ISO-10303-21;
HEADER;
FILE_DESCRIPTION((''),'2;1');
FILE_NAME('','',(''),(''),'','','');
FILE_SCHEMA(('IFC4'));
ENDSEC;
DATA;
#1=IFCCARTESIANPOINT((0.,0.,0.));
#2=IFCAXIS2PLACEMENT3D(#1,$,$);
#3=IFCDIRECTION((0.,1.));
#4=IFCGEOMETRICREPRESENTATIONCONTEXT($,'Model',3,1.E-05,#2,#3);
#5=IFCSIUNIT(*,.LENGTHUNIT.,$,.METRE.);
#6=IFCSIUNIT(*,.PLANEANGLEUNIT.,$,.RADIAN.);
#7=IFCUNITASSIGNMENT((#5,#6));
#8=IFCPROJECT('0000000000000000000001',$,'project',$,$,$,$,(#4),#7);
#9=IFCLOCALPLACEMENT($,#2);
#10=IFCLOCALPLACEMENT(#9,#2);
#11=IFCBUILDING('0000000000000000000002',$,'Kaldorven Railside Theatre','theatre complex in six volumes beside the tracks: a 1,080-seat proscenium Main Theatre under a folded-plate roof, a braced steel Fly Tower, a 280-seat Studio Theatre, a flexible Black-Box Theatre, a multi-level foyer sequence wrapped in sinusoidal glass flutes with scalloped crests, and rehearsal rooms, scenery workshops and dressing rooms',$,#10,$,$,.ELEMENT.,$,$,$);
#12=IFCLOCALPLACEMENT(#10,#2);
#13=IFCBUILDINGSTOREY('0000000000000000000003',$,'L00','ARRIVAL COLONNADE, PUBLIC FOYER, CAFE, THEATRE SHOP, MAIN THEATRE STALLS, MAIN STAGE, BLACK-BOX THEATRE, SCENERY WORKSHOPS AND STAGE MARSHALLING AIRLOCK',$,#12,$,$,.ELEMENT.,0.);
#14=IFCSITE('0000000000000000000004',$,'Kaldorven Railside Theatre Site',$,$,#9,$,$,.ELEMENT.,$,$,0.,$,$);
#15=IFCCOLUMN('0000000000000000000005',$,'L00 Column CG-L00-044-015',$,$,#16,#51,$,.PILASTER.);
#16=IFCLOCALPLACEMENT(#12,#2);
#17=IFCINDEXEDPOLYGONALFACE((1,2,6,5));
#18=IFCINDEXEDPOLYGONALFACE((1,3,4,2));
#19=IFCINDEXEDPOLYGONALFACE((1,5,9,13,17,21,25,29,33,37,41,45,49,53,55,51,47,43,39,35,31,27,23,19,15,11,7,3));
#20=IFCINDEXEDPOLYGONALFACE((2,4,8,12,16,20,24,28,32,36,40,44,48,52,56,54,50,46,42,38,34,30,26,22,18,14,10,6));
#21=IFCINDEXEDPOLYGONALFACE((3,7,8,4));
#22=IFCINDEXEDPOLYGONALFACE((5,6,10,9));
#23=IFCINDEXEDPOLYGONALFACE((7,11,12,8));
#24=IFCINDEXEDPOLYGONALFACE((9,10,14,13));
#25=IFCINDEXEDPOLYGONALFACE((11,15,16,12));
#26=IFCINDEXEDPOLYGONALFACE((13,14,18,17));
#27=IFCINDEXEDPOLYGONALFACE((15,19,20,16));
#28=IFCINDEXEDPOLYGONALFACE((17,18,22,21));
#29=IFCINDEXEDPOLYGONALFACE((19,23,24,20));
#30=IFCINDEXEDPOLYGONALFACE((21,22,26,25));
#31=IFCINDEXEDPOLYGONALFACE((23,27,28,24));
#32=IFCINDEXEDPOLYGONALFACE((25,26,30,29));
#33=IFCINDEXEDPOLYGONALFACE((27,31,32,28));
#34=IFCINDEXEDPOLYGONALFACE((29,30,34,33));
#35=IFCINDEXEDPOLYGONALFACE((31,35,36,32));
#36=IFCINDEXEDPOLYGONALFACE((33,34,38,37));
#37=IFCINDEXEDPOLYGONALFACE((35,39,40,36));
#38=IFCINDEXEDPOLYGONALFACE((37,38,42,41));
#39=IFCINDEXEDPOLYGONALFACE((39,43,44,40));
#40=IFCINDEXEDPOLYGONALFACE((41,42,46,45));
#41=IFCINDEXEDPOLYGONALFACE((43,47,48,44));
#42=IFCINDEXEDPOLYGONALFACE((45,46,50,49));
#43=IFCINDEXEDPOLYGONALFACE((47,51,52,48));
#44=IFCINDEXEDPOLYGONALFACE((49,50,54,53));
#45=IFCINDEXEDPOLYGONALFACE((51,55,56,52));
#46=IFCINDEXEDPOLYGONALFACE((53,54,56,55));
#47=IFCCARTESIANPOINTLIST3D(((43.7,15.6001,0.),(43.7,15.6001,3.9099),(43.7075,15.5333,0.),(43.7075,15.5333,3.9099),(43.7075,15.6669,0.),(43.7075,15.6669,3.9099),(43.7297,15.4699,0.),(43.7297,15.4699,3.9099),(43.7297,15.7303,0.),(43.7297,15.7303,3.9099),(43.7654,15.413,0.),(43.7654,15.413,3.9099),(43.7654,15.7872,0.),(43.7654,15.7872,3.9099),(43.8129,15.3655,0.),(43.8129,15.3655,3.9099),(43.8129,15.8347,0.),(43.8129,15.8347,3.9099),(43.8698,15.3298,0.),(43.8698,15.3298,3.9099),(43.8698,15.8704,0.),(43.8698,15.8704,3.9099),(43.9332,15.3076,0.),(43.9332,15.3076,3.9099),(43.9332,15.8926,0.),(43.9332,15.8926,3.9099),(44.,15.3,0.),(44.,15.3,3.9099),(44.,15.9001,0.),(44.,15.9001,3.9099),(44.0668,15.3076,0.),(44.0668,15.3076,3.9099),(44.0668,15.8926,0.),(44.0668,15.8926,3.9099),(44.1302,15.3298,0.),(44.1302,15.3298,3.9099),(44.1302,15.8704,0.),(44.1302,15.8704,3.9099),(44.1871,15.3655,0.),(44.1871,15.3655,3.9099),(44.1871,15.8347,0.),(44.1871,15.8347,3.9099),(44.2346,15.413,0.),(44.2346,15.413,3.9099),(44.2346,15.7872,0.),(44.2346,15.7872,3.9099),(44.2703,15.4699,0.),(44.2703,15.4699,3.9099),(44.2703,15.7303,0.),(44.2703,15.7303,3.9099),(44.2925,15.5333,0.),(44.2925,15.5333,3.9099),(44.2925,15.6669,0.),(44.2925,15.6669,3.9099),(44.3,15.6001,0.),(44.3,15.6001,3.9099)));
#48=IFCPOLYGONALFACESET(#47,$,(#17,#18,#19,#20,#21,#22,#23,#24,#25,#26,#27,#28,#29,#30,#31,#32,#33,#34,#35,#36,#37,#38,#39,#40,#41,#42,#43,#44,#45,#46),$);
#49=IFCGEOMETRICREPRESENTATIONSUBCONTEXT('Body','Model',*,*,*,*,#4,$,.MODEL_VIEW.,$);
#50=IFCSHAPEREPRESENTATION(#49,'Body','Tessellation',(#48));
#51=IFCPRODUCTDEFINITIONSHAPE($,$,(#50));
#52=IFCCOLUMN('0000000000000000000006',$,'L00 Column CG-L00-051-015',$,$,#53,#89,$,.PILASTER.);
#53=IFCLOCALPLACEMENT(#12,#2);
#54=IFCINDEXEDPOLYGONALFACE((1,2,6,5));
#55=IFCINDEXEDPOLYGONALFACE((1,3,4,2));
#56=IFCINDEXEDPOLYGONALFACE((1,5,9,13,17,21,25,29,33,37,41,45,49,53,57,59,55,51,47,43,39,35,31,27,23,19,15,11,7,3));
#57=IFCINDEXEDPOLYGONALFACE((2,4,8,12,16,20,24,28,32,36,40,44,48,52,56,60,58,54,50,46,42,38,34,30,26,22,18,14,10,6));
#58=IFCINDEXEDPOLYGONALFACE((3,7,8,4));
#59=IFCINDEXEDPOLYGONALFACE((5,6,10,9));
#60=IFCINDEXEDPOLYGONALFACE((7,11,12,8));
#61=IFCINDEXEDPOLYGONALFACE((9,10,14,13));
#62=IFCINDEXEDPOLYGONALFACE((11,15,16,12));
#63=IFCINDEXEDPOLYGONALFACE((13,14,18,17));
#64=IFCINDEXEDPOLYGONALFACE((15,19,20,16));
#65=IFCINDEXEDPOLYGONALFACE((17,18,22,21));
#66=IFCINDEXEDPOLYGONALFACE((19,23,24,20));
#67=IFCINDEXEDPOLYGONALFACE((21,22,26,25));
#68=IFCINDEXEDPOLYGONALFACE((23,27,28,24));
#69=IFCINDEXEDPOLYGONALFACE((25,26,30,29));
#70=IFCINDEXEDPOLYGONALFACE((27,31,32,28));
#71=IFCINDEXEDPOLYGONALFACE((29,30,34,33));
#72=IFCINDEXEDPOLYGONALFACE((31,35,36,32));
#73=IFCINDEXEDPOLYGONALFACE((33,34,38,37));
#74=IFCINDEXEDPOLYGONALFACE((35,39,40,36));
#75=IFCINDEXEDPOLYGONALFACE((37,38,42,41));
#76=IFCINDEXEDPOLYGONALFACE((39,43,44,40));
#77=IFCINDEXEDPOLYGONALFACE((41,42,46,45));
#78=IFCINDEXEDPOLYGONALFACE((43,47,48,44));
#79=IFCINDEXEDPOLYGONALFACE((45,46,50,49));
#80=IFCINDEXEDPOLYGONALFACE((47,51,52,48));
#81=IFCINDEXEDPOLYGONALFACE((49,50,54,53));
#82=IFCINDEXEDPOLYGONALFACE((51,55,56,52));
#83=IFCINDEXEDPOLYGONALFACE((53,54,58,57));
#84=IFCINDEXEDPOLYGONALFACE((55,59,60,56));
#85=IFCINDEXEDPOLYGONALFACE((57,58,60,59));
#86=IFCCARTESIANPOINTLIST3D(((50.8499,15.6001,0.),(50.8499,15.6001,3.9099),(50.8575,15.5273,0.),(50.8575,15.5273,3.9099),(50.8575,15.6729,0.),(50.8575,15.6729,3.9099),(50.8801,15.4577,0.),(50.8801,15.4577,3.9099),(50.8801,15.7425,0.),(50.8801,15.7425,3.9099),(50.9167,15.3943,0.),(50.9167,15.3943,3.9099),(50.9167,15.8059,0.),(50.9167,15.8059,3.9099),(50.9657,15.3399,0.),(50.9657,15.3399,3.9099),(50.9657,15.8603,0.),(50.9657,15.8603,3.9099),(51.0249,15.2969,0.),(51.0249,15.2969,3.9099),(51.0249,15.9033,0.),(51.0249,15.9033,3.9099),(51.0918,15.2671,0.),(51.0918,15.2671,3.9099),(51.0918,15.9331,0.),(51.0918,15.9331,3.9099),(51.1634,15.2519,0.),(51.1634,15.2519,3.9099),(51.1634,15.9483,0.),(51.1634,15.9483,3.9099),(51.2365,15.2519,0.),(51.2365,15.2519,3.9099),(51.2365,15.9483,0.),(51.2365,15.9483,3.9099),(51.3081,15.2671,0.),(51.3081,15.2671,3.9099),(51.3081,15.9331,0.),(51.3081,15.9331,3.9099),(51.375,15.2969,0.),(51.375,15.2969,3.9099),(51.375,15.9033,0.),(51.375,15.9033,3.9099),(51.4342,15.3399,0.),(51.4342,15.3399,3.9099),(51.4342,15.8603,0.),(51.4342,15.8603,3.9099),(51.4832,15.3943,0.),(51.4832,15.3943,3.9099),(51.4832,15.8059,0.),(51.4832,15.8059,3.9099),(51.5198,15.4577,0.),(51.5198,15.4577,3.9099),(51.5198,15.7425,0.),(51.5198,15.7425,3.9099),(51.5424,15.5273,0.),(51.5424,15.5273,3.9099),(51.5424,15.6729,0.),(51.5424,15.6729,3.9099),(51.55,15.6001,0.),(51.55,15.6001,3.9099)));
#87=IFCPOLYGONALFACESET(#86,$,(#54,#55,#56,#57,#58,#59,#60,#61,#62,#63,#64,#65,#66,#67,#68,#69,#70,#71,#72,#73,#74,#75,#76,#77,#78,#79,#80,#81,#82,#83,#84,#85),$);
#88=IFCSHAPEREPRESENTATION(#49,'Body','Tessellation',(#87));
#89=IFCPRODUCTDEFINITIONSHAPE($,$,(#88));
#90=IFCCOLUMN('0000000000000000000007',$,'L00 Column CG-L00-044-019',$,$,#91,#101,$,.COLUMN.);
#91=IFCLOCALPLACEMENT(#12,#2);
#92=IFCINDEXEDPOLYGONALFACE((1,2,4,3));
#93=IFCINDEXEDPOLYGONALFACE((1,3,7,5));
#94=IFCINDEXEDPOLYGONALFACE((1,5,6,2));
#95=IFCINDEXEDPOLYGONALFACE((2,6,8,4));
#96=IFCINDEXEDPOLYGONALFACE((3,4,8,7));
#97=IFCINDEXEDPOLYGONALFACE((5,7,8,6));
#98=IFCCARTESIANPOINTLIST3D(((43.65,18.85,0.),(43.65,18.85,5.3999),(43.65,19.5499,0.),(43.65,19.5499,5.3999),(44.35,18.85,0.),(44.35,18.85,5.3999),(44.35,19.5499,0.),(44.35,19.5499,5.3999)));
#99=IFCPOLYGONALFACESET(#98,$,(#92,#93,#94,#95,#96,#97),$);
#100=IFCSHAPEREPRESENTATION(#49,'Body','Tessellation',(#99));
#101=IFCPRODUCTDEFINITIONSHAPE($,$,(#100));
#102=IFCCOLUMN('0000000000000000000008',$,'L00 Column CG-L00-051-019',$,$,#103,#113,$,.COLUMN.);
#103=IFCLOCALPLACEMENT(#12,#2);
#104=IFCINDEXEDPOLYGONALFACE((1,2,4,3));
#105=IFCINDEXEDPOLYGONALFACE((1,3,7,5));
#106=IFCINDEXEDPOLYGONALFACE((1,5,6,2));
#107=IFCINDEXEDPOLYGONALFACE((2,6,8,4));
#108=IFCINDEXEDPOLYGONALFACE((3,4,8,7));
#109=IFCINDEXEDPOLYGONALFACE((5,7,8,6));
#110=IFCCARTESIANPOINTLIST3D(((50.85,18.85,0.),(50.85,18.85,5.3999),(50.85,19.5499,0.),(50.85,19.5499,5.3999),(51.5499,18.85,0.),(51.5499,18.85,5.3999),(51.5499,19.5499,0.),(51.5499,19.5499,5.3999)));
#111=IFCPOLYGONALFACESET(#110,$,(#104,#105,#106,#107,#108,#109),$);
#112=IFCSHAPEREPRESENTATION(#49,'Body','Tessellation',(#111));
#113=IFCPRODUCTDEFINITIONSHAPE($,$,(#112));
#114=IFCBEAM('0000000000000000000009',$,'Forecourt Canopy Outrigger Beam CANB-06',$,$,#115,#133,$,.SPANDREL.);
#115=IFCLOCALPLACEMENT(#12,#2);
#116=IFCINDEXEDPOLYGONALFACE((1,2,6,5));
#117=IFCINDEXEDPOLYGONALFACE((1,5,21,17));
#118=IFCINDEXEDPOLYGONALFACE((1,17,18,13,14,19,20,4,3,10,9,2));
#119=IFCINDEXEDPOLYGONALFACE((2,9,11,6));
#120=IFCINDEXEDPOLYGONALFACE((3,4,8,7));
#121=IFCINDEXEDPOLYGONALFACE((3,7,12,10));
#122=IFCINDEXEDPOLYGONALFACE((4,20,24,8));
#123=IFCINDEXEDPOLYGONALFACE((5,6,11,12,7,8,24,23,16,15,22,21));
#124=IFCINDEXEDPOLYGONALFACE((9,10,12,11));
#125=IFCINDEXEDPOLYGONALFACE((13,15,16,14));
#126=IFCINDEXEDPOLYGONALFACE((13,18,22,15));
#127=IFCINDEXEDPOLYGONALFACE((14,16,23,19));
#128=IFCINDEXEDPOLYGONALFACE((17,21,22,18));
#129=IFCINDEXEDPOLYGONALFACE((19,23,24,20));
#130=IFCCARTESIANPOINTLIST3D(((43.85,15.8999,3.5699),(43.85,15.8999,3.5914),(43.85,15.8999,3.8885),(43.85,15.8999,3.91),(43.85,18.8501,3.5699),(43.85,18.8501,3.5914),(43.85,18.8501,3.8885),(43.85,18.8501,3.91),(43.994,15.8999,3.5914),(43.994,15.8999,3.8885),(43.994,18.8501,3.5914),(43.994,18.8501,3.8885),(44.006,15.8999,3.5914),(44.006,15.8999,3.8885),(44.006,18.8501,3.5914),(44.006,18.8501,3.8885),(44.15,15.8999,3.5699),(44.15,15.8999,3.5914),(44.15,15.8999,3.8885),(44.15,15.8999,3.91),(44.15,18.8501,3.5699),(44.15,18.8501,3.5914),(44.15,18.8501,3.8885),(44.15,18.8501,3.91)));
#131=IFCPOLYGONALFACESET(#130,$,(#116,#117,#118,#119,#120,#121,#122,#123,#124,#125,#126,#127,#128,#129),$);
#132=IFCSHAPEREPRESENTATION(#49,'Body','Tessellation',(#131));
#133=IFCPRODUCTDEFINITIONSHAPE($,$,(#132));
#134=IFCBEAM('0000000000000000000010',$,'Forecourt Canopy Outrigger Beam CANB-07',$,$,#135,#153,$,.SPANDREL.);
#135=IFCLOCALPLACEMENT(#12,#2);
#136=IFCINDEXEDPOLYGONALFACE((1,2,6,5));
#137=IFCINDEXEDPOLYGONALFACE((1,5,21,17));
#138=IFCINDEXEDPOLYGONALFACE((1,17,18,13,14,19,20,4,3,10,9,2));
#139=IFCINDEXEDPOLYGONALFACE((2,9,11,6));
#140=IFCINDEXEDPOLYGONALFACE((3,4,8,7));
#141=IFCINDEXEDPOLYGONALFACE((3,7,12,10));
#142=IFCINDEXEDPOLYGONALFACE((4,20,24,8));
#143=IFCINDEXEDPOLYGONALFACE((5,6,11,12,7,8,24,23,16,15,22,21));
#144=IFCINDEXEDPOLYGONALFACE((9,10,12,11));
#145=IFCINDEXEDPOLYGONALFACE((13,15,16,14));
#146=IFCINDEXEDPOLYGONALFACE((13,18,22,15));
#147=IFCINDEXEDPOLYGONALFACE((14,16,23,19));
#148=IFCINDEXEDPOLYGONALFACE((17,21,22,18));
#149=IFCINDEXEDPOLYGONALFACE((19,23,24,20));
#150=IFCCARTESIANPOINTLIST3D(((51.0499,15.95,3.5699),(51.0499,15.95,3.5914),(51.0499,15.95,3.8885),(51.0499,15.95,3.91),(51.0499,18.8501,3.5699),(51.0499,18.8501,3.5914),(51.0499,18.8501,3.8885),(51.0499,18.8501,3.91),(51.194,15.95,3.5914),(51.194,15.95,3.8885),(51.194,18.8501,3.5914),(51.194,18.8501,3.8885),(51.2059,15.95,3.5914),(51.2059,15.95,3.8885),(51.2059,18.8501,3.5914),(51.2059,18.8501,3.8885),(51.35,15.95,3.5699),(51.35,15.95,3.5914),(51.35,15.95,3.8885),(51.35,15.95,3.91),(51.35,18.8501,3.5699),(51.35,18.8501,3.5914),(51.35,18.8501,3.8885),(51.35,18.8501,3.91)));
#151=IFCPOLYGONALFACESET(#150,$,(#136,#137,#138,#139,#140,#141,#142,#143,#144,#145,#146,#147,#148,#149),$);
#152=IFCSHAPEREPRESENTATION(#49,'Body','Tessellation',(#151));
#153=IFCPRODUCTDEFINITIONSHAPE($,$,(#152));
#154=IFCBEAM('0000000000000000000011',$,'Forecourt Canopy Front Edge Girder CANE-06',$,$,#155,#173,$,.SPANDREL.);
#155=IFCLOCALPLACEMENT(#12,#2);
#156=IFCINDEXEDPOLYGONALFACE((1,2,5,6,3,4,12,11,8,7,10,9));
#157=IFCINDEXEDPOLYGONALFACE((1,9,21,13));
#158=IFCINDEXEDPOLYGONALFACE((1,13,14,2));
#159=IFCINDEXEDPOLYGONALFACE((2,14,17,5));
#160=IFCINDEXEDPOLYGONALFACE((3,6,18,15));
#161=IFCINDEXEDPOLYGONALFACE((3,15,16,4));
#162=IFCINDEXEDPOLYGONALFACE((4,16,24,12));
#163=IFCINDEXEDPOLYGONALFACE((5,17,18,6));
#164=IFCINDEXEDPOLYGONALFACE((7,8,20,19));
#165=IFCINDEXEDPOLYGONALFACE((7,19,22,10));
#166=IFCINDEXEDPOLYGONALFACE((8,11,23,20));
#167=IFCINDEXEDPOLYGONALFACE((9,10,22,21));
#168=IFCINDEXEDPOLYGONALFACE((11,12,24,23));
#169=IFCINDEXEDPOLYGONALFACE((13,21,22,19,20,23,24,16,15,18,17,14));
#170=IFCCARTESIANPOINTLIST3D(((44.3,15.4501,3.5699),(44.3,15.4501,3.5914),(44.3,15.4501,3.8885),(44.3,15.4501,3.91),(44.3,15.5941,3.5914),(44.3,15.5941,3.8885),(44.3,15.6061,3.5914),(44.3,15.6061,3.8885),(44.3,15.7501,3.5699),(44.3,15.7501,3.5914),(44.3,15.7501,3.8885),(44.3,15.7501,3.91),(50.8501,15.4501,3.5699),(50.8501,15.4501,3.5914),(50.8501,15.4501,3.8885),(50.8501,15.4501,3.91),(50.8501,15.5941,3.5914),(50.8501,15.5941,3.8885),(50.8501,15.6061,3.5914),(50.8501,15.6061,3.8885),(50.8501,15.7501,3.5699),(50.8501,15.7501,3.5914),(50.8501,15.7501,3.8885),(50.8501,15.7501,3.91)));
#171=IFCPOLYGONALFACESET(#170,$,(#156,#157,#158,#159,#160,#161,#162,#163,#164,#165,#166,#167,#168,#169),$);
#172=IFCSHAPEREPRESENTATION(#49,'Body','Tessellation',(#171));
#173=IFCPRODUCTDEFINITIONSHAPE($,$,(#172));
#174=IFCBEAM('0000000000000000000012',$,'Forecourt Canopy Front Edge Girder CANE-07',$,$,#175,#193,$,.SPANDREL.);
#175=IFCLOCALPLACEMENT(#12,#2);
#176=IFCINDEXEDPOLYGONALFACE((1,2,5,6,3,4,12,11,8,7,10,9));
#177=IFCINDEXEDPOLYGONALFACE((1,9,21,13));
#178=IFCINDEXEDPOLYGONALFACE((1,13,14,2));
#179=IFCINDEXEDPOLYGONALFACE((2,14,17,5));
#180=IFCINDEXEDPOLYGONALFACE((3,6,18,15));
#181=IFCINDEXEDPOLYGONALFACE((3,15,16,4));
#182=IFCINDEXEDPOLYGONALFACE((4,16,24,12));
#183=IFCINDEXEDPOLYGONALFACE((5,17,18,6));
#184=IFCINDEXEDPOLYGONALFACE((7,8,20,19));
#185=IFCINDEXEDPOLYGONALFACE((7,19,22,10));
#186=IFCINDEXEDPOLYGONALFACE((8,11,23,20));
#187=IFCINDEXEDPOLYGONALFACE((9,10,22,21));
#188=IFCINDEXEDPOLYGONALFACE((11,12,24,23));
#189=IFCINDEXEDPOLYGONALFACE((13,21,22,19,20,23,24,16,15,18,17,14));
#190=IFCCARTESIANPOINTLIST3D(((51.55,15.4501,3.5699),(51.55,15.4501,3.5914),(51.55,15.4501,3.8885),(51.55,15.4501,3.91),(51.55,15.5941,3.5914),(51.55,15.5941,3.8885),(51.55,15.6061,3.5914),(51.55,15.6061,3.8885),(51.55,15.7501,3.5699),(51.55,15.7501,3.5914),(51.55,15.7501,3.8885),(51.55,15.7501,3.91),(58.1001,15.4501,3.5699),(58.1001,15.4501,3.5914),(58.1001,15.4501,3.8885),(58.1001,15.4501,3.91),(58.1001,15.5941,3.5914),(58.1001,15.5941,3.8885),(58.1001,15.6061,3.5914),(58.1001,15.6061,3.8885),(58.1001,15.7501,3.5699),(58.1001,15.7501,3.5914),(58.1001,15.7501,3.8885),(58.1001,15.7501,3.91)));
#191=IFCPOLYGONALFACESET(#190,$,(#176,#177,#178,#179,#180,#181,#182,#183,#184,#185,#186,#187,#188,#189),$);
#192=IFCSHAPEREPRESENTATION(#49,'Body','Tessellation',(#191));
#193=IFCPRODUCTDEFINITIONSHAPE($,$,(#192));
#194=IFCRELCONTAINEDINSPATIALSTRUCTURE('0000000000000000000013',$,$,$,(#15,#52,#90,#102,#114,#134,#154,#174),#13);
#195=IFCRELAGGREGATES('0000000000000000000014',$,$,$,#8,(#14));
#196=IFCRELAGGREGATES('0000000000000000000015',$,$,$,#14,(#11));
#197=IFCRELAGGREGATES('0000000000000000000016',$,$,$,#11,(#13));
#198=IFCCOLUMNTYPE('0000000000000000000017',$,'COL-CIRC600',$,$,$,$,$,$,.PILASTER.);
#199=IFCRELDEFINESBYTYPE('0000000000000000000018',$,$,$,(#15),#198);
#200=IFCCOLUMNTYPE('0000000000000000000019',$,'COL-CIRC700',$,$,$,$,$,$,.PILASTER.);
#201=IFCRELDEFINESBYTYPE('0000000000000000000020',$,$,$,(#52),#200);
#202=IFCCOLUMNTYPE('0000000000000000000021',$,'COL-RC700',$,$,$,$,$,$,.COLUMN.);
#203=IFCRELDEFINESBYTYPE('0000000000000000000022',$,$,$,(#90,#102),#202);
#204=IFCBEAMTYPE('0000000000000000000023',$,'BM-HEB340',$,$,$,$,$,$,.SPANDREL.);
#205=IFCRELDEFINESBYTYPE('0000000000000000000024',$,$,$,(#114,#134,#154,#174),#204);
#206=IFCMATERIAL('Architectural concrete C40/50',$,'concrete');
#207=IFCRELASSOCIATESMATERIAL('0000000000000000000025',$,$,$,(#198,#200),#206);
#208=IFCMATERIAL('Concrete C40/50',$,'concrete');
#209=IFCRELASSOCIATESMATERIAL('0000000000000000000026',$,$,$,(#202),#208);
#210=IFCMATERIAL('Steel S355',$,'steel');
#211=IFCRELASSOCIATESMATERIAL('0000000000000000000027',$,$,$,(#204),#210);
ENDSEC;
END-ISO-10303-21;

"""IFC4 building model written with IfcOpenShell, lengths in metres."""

from ifc_helpers import new_model, si_unit, direction, frame, origin, origin_2d, place, context, subcontext, project, spatial, rectangle, circle, i_section, extrude, material, material_profile, profile_set, type_object, element, save


model = new_model("IFC4")

# Units and contexts
model_context = context("Model", 3, precision=1e-05, world=origin(), true_north=direction((0.0, 1.0)))
body_context = subcontext(model_context, "Body", "Model", "MODEL_VIEW")
ifc_project = project(units=[si_unit("LENGTHUNIT", "METRE"), si_unit("PLANEANGLEUNIT", "RADIAN")], contexts=[model_context])

# Site, building, storey
site_placement = place(None, origin())
site = spatial("IfcSite", under=ifc_project, at=site_placement, Name="Kaldorven Railside Theatre Site", CompositionType="ELEMENT", RefElevation=0.0)
building_placement = place(site_placement, origin())
building = spatial("IfcBuilding", under=site, at=building_placement, Name="Kaldorven Railside Theatre", Description="theatre complex in six volumes beside the tracks: a 1,080-seat proscenium Main Theatre under a folded-plate roof, a braced steel Fly Tower, a 280-seat Studio Theatre, a flexible Black-Box Theatre, a multi-level foyer sequence wrapped in sinusoidal glass flutes with scalloped crests, and rehearsal rooms, scenery workshops and dressing rooms", CompositionType="ELEMENT")
storey_placement = place(building_placement, origin())
storey = spatial("IfcBuildingStorey", under=building, at=storey_placement, Name="L00", Description="ARRIVAL COLONNADE, PUBLIC FOYER, CAFE, THEATRE SHOP, MAIN THEATRE STALLS, MAIN STAGE, BLACK-BOX THEATRE, SCENERY WORKSHOPS AND STAGE MARSHALLING AIRLOCK", CompositionType="ELEMENT", Elevation=0.0)

# Columns
ifc_material_1 = material(Name="Architectural concrete C40/50", Category="concrete")
ifc_material_profile_1 = material_profile(ifc_material_1, circle(Radius=0.3, at=origin_2d()), Name="RC D600")
ifc_profile_set_1 = profile_set([ifc_material_profile_1], Name="Architectural concrete C40/50")
column_type_1 = type_object("IfcColumnType", Name="COL-CIRC600", PredefinedType="PILASTER", material=ifc_profile_set_1)
column_1_placement = place(storey_placement, frame((44.0, 15.6001, 0.0), z_axis=(0.0, 0.0, 1.0), x_axis=(1.0, 0.0, 0.0)))
element("IfcColumn", 1, at=column_1_placement, inside=storey, type_object=column_type_1, Name="L00 Column CG-L00-044-015", PredefinedType="PILASTER", context=body_context, shape_type="SweptSolid", body=[
    extrude(circle(Radius=0.3, at=origin_2d()), origin(), (0.0, 0.0, 1.0), 3.9099),
])
ifc_material_profile_2 = material_profile(ifc_material_1, circle(Radius=0.3501, at=origin_2d()), Name="RC D700")
ifc_profile_set_2 = profile_set([ifc_material_profile_2], Name="Architectural concrete C40/50")
column_type_2 = type_object("IfcColumnType", Name="COL-CIRC700", PredefinedType="PILASTER", material=ifc_profile_set_2)
column_2_placement = place(storey_placement, frame((51.2, 15.6001, 0.0), z_axis=(0.0, 0.0, 1.0), x_axis=(1.0, 0.0, 0.0)))
element("IfcColumn", 2, at=column_2_placement, inside=storey, type_object=column_type_2, Name="L00 Column CG-L00-051-015", PredefinedType="PILASTER", context=body_context, shape_type="SweptSolid", body=[
    extrude(circle(Radius=0.3501, at=origin_2d()), origin(), (0.0, 0.0, 1.0), 3.9099),
])
ifc_material_2 = material(Name="Concrete C40/50", Category="concrete")
ifc_material_profile_3 = material_profile(ifc_material_2, rectangle(XDim=0.7, YDim=0.7, at=origin_2d()), Name="RC 700x700")
ifc_profile_set_3 = profile_set([ifc_material_profile_3], Name="Concrete C40/50")
column_type_3 = type_object("IfcColumnType", Name="COL-RC700", PredefinedType="COLUMN", material=ifc_profile_set_3)
for number, where, z_axis, x_axis, name in (
    (3, (44.0, 19.2, 0.0), (0.0, 0.0, 1.0), (0.0, 1.0, 0.0), "L00 Column CG-L00-044-019"),
    (4, (51.2, 19.2, 0.0), (0.0, 0.0, 1.0), (1.0, 0.0, 0.0), "L00 Column CG-L00-051-019"),
):
    element("IfcColumn", number, at=place(storey_placement, frame(where, z_axis=z_axis, x_axis=x_axis)), inside=storey, type_object=column_type_3, Name=name, PredefinedType="COLUMN", context=body_context, shape_type="SweptSolid", body=[
        extrude(rectangle(XDim=0.7, YDim=0.7, at=origin_2d()), origin(), (0.0, 0.0, 1.0), 5.3999),
    ])

# Beams
ifc_material_3 = material(Name="Steel S355", Category="steel")
ifc_material_profile_4 = material_profile(ifc_material_3, i_section(OverallWidth=0.3, OverallDepth=0.3401, WebThickness=0.012, FlangeThickness=0.0215, at=origin_2d()), Name="HEB 340")
ifc_profile_set_4 = profile_set([ifc_material_profile_4], Name="Steel S355")
beam_type_1 = type_object("IfcBeamType", Name="BM-HEB340", PredefinedType="SPANDREL", material=ifc_profile_set_4)
beam_1_placement = place(storey_placement, frame((44.0, 15.8999, 3.74), z_axis=(0.0, 1.0, 0.0), x_axis=(-1.0, 0.0, 0.0)))
element("IfcBeam", 5, at=beam_1_placement, inside=storey, type_object=beam_type_1, Name="Forecourt Canopy Outrigger Beam CANB-06", PredefinedType="SPANDREL", context=body_context, shape_type="SweptSolid", body=[
    extrude(i_section(OverallWidth=0.3, OverallDepth=0.3401, WebThickness=0.012, FlangeThickness=0.0215, at=origin_2d()), origin(), (0.0, 0.0, 1.0), 2.9502),
])
beam_2_placement = place(storey_placement, frame((51.2, 15.95, 3.74), z_axis=(0.0, 1.0, 0.0), x_axis=(-1.0, 0.0, 0.0)))
element("IfcBeam", 6, at=beam_2_placement, inside=storey, type_object=beam_type_1, Name="Forecourt Canopy Outrigger Beam CANB-07", PredefinedType="SPANDREL", context=body_context, shape_type="SweptSolid", body=[
    extrude(i_section(OverallWidth=0.3, OverallDepth=0.3401, WebThickness=0.012, FlangeThickness=0.0215, at=origin_2d()), origin(), (0.0, 0.0, 1.0), 2.9001),
])
for number, where, z_axis, x_axis, name in (
    (7, (44.3, 15.6001, 3.74), (1.0, 0.0, 0.0), (0.0, 1.0, 0.0), "Forecourt Canopy Front Edge Girder CANE-06"),
    (8, (51.55, 15.6001, 3.74), (1.0, 0.0, 0.0), (0.0, 1.0, 0.0), "Forecourt Canopy Front Edge Girder CANE-07"),
):
    element("IfcBeam", number, at=place(storey_placement, frame(where, z_axis=z_axis, x_axis=x_axis)), inside=storey, type_object=beam_type_1, Name=name, PredefinedType="SPANDREL", context=body_context, shape_type="SweptSolid", body=[
        extrude(i_section(OverallWidth=0.3, OverallDepth=0.3401, WebThickness=0.012, FlangeThickness=0.0215, at=origin_2d()), origin(), (0.0, 0.0, 1.0), 6.55),
    ])

save(model, "model.ifc")
